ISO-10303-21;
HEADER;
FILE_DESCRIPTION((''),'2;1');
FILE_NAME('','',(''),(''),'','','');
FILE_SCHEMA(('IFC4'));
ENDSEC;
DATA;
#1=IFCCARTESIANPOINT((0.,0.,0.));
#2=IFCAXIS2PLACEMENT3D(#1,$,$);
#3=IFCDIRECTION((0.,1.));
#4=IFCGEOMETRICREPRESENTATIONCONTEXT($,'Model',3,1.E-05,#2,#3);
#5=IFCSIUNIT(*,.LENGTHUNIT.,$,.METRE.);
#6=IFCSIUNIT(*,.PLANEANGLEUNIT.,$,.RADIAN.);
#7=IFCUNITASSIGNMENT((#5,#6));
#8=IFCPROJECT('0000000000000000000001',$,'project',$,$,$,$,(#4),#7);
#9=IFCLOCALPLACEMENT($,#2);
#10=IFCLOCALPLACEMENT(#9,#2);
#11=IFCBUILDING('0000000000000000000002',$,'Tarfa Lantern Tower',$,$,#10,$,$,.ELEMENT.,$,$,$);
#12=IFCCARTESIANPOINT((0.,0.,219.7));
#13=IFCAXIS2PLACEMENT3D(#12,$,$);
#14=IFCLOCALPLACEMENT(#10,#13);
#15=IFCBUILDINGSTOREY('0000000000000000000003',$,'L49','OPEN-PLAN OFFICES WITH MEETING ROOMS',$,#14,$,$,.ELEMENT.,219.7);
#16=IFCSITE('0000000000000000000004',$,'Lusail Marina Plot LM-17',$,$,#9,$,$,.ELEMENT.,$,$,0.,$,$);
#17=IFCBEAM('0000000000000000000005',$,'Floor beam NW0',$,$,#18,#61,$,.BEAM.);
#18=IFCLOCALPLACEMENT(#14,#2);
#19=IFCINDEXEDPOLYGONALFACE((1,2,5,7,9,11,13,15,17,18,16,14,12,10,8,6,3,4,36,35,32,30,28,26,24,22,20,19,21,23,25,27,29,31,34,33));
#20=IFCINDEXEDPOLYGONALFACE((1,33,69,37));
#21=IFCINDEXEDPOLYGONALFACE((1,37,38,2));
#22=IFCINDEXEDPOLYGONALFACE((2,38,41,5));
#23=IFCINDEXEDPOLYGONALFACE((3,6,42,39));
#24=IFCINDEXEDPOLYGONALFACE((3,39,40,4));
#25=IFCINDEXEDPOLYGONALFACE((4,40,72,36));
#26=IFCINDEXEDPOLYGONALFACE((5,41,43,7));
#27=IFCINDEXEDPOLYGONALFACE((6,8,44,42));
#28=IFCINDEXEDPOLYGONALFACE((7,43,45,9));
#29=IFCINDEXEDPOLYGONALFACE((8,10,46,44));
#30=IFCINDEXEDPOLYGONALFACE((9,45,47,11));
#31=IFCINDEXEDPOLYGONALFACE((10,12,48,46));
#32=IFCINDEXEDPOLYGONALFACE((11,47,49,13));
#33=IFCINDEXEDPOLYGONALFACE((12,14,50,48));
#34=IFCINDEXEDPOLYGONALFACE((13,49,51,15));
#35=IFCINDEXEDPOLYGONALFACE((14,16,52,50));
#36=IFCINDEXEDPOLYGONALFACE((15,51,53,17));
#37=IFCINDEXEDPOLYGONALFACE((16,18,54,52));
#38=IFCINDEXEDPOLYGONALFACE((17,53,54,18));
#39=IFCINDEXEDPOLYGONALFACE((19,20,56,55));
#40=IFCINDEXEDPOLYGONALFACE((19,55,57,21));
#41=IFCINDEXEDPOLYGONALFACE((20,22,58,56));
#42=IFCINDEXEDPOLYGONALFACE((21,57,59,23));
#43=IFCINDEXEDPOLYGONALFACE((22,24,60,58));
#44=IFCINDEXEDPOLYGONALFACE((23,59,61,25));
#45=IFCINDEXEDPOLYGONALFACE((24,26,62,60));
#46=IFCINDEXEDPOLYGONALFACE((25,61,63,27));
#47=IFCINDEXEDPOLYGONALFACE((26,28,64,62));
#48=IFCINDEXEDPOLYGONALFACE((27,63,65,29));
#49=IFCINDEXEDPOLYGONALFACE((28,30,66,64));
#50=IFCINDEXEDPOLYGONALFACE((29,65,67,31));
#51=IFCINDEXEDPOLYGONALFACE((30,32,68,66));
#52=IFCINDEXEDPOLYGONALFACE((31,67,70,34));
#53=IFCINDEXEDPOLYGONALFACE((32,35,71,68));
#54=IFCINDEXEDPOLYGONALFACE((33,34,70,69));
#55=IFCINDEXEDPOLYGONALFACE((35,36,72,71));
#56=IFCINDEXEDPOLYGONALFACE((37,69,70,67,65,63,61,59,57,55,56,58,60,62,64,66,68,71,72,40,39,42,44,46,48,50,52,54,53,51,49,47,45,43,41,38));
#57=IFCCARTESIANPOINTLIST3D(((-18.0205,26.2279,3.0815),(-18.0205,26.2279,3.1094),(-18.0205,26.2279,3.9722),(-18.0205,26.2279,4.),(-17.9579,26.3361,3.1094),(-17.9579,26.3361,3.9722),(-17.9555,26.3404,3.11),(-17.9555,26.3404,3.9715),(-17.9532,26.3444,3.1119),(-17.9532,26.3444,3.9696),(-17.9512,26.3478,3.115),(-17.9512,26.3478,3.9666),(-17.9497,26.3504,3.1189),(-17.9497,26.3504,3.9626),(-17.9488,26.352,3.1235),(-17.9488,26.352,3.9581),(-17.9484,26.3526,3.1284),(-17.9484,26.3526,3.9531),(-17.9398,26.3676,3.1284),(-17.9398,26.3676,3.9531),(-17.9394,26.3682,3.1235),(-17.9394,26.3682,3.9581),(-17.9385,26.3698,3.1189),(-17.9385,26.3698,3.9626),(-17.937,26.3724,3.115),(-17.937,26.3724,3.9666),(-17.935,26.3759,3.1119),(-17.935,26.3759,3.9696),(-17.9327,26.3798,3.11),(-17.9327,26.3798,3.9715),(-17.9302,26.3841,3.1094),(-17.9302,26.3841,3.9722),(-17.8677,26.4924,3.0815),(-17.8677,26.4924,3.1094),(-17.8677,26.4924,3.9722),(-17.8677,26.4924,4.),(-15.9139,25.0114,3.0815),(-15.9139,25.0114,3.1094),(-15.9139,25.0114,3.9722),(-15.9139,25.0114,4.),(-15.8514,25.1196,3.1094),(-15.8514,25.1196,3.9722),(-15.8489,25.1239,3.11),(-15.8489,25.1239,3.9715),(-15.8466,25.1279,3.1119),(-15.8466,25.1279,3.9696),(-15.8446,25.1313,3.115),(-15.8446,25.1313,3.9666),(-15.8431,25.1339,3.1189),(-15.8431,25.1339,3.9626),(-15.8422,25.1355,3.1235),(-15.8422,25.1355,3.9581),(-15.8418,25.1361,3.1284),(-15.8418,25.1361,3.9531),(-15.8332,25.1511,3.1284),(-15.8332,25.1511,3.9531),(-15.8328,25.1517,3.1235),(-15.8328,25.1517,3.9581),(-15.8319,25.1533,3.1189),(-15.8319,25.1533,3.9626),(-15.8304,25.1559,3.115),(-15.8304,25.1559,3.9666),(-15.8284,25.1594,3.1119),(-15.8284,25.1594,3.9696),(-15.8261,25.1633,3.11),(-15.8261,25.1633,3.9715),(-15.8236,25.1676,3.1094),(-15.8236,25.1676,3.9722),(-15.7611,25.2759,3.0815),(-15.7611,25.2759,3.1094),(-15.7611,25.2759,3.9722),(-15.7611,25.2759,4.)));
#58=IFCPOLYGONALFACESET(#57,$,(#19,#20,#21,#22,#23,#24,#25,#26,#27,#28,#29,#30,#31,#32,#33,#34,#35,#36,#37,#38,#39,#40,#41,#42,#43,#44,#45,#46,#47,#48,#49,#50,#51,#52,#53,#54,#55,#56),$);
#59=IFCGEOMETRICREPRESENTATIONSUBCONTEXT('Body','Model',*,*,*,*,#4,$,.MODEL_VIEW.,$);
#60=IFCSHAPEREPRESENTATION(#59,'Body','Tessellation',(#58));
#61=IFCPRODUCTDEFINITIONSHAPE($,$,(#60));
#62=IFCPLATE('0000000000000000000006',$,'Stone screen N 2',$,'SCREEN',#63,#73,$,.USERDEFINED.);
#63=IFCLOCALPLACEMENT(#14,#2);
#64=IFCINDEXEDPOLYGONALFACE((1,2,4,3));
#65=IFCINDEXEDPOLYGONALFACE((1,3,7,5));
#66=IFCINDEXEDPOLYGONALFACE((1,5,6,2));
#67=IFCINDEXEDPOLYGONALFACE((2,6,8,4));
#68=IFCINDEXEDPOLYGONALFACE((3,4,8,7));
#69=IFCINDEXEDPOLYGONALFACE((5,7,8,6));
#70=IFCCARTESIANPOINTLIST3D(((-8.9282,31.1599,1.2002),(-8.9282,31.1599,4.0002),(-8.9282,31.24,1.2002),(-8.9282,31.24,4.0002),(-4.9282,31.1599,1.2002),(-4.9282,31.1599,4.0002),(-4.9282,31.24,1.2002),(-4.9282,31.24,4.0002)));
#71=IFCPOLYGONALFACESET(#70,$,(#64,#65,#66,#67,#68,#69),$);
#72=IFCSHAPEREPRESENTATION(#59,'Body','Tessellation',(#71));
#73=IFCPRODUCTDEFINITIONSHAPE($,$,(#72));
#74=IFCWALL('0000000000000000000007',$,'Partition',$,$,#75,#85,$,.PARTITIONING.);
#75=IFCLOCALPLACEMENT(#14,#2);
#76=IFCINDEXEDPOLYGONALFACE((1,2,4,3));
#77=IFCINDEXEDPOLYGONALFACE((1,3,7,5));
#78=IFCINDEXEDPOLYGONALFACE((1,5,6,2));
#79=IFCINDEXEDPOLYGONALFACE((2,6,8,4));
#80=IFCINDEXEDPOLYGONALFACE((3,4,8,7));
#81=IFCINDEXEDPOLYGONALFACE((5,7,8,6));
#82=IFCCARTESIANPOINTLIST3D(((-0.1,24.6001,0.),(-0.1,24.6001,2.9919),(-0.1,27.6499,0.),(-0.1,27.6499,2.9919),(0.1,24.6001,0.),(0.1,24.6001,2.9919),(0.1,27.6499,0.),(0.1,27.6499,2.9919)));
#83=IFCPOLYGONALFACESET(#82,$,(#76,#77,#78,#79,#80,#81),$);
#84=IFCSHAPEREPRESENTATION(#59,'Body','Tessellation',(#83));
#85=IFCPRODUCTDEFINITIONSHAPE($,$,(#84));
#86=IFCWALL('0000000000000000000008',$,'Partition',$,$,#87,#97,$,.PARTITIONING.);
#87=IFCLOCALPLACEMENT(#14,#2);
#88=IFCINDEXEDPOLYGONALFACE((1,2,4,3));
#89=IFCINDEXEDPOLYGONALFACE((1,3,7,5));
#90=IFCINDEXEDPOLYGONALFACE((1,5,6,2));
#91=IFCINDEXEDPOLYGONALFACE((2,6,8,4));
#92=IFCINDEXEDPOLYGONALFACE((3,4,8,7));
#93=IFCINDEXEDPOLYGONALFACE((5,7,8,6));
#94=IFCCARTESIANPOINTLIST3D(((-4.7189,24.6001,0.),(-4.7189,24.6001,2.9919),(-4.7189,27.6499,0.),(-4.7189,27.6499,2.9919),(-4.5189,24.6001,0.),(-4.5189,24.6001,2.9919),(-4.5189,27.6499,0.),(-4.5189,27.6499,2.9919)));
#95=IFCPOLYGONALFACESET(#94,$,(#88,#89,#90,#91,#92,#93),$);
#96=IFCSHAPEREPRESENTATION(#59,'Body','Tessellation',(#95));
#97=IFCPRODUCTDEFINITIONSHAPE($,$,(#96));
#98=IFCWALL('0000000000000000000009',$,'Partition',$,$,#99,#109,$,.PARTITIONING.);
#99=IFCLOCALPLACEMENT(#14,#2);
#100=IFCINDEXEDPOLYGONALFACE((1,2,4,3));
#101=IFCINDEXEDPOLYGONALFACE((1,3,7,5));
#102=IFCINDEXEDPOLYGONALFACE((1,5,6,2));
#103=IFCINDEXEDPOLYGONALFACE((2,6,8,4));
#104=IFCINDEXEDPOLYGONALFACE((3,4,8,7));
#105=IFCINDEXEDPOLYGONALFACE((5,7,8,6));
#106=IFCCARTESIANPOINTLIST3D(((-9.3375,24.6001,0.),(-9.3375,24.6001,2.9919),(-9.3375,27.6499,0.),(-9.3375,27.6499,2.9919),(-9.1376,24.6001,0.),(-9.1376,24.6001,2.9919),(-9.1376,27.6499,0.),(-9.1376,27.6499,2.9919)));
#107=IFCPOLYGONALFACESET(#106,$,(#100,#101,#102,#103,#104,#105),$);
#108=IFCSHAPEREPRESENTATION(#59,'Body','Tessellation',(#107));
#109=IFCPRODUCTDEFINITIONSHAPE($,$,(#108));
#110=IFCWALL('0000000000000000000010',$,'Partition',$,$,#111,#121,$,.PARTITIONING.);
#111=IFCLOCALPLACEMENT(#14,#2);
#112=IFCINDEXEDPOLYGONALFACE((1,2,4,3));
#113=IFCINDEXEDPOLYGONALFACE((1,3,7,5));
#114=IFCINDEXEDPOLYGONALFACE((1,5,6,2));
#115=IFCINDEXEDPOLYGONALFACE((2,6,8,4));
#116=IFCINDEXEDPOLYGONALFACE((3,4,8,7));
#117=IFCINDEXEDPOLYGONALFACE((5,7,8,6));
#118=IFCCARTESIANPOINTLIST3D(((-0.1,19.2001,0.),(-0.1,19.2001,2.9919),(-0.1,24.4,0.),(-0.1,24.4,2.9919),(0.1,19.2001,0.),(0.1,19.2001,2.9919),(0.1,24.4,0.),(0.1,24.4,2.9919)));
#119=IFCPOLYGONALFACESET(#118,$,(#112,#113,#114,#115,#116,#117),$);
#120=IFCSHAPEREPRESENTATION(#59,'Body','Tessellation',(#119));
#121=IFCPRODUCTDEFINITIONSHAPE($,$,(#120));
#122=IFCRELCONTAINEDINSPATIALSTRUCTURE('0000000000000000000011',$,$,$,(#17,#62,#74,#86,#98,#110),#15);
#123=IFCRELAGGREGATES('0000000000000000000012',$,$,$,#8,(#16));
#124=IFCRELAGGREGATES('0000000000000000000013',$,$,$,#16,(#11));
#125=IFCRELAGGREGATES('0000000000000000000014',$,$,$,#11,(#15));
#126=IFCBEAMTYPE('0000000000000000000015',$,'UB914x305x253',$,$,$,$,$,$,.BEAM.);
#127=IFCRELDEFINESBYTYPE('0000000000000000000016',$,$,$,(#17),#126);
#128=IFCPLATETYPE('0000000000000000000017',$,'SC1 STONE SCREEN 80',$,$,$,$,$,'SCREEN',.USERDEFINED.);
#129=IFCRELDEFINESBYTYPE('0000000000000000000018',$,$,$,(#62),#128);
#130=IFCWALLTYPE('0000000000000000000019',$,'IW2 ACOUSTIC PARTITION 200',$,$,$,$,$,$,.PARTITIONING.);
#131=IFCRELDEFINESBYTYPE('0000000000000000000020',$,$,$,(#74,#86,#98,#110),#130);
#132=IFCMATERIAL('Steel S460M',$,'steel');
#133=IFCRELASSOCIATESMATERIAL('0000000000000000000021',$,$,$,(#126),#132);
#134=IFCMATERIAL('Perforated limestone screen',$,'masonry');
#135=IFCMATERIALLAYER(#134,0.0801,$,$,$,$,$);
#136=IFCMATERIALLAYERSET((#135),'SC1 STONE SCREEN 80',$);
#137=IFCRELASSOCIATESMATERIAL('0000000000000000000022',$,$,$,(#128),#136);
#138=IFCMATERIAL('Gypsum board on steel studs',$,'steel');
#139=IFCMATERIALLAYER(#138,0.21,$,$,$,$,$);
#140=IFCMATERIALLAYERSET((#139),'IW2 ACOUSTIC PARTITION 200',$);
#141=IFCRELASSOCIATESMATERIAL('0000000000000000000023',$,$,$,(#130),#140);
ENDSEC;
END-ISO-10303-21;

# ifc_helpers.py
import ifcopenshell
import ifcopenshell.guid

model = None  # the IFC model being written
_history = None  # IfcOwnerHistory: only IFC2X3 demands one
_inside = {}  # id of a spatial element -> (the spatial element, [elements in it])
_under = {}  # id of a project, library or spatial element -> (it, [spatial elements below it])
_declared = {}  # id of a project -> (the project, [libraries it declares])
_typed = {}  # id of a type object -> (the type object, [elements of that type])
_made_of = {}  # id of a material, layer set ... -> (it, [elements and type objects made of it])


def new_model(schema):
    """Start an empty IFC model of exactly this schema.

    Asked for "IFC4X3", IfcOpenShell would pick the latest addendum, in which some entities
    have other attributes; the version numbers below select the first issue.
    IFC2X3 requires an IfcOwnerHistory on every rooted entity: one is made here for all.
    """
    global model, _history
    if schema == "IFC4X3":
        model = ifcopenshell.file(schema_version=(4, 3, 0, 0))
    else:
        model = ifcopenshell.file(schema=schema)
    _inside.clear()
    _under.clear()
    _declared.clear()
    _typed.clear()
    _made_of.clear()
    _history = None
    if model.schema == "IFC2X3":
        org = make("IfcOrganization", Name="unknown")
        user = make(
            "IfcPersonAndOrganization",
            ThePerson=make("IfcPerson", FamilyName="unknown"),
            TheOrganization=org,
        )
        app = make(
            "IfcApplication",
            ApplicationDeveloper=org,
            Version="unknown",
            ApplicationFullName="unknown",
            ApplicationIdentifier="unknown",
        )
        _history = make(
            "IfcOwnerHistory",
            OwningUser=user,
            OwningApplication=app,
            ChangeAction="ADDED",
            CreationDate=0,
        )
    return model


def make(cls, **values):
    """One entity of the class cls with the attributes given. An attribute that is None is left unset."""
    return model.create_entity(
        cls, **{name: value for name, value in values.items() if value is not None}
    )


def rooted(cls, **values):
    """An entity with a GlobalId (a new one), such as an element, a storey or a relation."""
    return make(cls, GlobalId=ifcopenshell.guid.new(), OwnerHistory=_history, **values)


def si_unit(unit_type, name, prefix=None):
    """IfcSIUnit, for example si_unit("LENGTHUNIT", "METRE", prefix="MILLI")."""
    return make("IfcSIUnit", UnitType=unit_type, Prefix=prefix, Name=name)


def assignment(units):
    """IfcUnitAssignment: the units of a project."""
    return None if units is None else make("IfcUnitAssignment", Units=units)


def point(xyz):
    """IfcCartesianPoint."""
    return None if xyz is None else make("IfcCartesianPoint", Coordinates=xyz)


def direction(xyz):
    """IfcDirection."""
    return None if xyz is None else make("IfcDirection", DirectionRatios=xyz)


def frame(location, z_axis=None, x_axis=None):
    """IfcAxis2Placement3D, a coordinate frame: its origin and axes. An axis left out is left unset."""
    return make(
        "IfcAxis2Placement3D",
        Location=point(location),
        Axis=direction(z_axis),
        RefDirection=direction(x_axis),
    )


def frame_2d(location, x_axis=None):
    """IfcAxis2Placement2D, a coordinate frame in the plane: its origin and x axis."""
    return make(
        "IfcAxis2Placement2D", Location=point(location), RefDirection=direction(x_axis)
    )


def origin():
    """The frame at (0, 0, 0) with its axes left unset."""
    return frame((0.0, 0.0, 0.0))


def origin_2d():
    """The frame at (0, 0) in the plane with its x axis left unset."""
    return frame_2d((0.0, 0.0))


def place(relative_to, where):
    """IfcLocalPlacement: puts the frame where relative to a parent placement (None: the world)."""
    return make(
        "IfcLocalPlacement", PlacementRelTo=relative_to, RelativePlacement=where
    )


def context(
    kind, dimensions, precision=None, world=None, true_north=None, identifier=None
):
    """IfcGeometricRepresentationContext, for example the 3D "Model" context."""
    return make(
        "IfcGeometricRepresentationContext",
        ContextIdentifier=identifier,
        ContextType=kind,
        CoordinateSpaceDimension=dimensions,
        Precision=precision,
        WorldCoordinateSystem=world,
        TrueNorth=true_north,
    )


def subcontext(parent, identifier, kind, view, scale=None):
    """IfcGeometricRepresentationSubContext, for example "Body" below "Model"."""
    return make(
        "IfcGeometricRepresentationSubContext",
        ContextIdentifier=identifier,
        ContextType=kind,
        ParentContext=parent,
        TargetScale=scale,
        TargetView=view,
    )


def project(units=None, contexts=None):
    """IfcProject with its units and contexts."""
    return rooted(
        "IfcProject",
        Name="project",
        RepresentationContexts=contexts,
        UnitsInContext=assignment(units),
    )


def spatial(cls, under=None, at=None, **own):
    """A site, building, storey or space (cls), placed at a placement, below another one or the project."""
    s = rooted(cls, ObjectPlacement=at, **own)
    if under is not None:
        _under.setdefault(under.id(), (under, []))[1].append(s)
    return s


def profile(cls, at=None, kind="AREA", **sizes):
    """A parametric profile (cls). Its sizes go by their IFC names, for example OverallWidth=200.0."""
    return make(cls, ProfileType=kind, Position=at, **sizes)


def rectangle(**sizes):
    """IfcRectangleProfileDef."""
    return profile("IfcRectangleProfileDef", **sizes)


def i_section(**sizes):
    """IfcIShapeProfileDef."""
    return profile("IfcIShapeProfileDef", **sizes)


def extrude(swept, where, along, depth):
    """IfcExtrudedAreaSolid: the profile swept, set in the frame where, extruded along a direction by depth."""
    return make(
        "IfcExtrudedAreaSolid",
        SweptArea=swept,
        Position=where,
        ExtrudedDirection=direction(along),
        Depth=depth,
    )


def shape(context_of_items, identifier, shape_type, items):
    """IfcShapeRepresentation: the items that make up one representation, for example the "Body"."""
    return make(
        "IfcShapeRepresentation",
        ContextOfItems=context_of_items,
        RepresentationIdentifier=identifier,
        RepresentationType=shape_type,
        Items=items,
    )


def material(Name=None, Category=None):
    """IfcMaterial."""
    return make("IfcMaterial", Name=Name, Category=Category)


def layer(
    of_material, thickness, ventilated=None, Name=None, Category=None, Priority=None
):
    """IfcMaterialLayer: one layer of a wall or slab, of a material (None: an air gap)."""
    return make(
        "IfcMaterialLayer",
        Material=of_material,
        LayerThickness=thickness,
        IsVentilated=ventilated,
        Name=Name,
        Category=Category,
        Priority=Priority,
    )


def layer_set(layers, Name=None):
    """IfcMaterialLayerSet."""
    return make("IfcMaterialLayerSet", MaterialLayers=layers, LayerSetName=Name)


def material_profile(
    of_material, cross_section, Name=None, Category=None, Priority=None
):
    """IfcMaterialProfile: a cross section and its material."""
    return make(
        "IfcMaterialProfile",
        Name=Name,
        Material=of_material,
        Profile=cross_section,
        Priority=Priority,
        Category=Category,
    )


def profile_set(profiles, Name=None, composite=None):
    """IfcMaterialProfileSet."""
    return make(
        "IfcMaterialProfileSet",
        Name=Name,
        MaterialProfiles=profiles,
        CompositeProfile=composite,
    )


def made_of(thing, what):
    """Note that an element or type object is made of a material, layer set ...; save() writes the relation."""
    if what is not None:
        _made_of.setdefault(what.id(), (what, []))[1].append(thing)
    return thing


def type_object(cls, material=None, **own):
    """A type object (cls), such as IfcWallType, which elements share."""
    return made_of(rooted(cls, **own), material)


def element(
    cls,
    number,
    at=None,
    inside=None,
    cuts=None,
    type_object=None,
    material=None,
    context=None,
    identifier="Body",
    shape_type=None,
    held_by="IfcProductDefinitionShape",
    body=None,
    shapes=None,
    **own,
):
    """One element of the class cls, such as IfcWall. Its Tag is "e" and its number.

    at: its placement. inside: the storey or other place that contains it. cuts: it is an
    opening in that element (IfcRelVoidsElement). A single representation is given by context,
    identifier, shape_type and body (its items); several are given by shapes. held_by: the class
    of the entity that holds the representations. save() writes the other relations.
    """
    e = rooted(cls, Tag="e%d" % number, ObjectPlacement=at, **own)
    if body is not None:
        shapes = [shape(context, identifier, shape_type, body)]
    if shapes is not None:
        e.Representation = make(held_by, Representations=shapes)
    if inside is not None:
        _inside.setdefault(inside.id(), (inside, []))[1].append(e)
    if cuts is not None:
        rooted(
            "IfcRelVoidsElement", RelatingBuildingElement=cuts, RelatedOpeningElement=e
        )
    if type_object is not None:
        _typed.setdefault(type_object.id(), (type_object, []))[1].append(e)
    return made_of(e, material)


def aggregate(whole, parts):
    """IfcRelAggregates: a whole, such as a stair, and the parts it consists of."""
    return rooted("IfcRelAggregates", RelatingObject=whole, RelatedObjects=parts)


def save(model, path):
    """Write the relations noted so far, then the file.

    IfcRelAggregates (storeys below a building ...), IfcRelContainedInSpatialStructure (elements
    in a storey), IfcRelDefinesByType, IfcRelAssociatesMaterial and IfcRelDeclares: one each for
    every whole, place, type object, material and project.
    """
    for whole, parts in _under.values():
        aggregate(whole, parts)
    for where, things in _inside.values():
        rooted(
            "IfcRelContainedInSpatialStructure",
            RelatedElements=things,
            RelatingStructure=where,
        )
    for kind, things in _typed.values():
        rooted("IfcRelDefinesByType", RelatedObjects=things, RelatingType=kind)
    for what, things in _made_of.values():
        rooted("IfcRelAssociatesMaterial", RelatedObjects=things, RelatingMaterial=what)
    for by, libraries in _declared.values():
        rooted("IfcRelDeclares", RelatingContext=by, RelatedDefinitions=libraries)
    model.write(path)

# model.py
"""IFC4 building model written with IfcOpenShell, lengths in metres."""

from ifc_helpers import new_model, si_unit, direction, frame, frame_2d, origin, origin_2d, place, context, subcontext, project, spatial, rectangle, i_section, extrude, material, layer, layer_set, material_profile, profile_set, type_object, element, save


model = new_model("IFC4")

# Units and contexts
model_context = context("Model", 3, precision=1e-05, world=origin(), true_north=direction((0.0, 1.0)))
body_context = subcontext(model_context, "Body", "Model", "MODEL_VIEW")
ifc_project = project(units=[si_unit("LENGTHUNIT", "METRE"), si_unit("PLANEANGLEUNIT", "RADIAN")], contexts=[model_context])

# Site, building, storey
site_placement = place(None, origin())
site = spatial("IfcSite", under=ifc_project, at=site_placement, Name="Lusail Marina Plot LM-17", CompositionType="ELEMENT", RefElevation=0.0)
building_placement = place(site_placement, origin())
building = spatial("IfcBuilding", under=site, at=building_placement, Name="Tarfa Lantern Tower", CompositionType="ELEMENT")
storey_placement = place(building_placement, frame((0.0, 0.0, 219.7)))
storey = spatial("IfcBuildingStorey", under=building, at=storey_placement, Name="L49", Description="OPEN-PLAN OFFICES WITH MEETING ROOMS", CompositionType="ELEMENT", Elevation=219.7)

# Beam
ifc_material_1 = material(Name="Steel S460M", Category="steel")
ifc_material_profile_1 = material_profile(ifc_material_1, i_section(OverallWidth=0.3054, OverallDepth=0.9185, WebThickness=0.0173, FlangeThickness=0.0278, FilletRadius=0.019, at=origin_2d()), Name="UB914x305x253")
ifc_profile_set_1 = profile_set([ifc_material_profile_1], Name="Steel S460M")
beam_type_1 = type_object("IfcBeamType", Name="UB914x305x253", PredefinedType="BEAM", material=ifc_profile_set_1)
beam_1_placement = place(storey_placement, frame((-17.9441, 26.3601, 3.5408), z_axis=(0.86598, -0.500079, 0.0), x_axis=(0.500079, 0.86598, 0.0)))
element("IfcBeam", 1, at=beam_1_placement, inside=storey, type_object=beam_type_1, Name="Floor beam NW0", PredefinedType="BEAM", context=body_context, shape_type="SweptSolid", body=[
    extrude(i_section(OverallWidth=0.3054, OverallDepth=0.9185, WebThickness=0.0173, FlangeThickness=0.0278, FilletRadius=0.019, at=origin_2d()), origin(), (0.0, 0.0, 1.0), 2.4326),
])

# Plate
ifc_material_2 = material(Name="Perforated limestone screen", Category="masonry")
ifc_layer_1 = layer(ifc_material_2, 0.0801)
ifc_layer_set_1 = layer_set([ifc_layer_1], Name="SC1 STONE SCREEN 80")
plate_type = type_object("IfcPlateType", Name="SC1 STONE SCREEN 80", ElementType="SCREEN", PredefinedType="USERDEFINED", material=ifc_layer_set_1)
plate_placement = place(storey_placement, frame((-6.9282, 31.2, 1.2002), z_axis=(0.0, 0.0, 1.0), x_axis=(-1.0, 0.0, 0.0)))
element("IfcPlate", 2, at=plate_placement, inside=storey, type_object=plate_type, Name="Stone screen N 2", ObjectType="SCREEN", PredefinedType="USERDEFINED", context=body_context, shape_type="SweptSolid", body=[
    extrude(rectangle(XDim=4.0, YDim=0.0801, at=origin_2d()), origin(), (0.0, 0.0, 1.0), 2.8),
])

# Walls
ifc_material_3 = material(Name="Gypsum board on steel studs", Category="steel")
ifc_layer_2 = layer(ifc_material_3, 0.21)
ifc_layer_set_2 = layer_set([ifc_layer_2], Name="IW2 ACOUSTIC PARTITION 200")
wall_type = type_object("IfcWallType", Name="IW2 ACOUSTIC PARTITION 200", PredefinedType="PARTITIONING", material=ifc_layer_set_2)
for number, where, z_axis, x_axis, name in (
    (3, (0.0, 24.6001, 0.0), (0.0, 0.0, 1.0), (0.0, 1.0, 0.0), "Partition"),
    (4, (-4.6189, 24.6001, 0.0), (0.0, 0.0, 1.0), (0.0, 1.0, 0.0), "Partition"),
    (5, (-9.2375, 24.6001, 0.0), (0.0, 0.0, 1.0), (0.0, 1.0, 0.0), "Partition"),
):
    element("IfcWall", number, at=place(storey_placement, frame(where, z_axis=z_axis, x_axis=x_axis)), inside=storey, type_object=wall_type, Name=name, PredefinedType="PARTITIONING", context=body_context, shape_type="SweptSolid", body=[
        extrude(rectangle(XDim=3.0498, YDim=0.2, at=frame_2d((1.5249, 0.0))), origin(), (0.0, 0.0, 1.0), 2.9919),
    ])
wall_placement = place(storey_placement, frame((0.0, 19.2, 0.0), z_axis=(0.0, 0.0, 1.0), x_axis=(0.0, 1.0, 0.0)))
element("IfcWall", 6, at=wall_placement, inside=storey, type_object=wall_type, Name="Partition", PredefinedType="PARTITIONING", context=body_context, shape_type="SweptSolid", body=[
    extrude(rectangle(XDim=5.2, YDim=0.2, at=frame_2d((2.6001, 0.0))), origin(), (0.0, 0.0, 1.0), 2.9919),
])

save(model, "model.ifc")
